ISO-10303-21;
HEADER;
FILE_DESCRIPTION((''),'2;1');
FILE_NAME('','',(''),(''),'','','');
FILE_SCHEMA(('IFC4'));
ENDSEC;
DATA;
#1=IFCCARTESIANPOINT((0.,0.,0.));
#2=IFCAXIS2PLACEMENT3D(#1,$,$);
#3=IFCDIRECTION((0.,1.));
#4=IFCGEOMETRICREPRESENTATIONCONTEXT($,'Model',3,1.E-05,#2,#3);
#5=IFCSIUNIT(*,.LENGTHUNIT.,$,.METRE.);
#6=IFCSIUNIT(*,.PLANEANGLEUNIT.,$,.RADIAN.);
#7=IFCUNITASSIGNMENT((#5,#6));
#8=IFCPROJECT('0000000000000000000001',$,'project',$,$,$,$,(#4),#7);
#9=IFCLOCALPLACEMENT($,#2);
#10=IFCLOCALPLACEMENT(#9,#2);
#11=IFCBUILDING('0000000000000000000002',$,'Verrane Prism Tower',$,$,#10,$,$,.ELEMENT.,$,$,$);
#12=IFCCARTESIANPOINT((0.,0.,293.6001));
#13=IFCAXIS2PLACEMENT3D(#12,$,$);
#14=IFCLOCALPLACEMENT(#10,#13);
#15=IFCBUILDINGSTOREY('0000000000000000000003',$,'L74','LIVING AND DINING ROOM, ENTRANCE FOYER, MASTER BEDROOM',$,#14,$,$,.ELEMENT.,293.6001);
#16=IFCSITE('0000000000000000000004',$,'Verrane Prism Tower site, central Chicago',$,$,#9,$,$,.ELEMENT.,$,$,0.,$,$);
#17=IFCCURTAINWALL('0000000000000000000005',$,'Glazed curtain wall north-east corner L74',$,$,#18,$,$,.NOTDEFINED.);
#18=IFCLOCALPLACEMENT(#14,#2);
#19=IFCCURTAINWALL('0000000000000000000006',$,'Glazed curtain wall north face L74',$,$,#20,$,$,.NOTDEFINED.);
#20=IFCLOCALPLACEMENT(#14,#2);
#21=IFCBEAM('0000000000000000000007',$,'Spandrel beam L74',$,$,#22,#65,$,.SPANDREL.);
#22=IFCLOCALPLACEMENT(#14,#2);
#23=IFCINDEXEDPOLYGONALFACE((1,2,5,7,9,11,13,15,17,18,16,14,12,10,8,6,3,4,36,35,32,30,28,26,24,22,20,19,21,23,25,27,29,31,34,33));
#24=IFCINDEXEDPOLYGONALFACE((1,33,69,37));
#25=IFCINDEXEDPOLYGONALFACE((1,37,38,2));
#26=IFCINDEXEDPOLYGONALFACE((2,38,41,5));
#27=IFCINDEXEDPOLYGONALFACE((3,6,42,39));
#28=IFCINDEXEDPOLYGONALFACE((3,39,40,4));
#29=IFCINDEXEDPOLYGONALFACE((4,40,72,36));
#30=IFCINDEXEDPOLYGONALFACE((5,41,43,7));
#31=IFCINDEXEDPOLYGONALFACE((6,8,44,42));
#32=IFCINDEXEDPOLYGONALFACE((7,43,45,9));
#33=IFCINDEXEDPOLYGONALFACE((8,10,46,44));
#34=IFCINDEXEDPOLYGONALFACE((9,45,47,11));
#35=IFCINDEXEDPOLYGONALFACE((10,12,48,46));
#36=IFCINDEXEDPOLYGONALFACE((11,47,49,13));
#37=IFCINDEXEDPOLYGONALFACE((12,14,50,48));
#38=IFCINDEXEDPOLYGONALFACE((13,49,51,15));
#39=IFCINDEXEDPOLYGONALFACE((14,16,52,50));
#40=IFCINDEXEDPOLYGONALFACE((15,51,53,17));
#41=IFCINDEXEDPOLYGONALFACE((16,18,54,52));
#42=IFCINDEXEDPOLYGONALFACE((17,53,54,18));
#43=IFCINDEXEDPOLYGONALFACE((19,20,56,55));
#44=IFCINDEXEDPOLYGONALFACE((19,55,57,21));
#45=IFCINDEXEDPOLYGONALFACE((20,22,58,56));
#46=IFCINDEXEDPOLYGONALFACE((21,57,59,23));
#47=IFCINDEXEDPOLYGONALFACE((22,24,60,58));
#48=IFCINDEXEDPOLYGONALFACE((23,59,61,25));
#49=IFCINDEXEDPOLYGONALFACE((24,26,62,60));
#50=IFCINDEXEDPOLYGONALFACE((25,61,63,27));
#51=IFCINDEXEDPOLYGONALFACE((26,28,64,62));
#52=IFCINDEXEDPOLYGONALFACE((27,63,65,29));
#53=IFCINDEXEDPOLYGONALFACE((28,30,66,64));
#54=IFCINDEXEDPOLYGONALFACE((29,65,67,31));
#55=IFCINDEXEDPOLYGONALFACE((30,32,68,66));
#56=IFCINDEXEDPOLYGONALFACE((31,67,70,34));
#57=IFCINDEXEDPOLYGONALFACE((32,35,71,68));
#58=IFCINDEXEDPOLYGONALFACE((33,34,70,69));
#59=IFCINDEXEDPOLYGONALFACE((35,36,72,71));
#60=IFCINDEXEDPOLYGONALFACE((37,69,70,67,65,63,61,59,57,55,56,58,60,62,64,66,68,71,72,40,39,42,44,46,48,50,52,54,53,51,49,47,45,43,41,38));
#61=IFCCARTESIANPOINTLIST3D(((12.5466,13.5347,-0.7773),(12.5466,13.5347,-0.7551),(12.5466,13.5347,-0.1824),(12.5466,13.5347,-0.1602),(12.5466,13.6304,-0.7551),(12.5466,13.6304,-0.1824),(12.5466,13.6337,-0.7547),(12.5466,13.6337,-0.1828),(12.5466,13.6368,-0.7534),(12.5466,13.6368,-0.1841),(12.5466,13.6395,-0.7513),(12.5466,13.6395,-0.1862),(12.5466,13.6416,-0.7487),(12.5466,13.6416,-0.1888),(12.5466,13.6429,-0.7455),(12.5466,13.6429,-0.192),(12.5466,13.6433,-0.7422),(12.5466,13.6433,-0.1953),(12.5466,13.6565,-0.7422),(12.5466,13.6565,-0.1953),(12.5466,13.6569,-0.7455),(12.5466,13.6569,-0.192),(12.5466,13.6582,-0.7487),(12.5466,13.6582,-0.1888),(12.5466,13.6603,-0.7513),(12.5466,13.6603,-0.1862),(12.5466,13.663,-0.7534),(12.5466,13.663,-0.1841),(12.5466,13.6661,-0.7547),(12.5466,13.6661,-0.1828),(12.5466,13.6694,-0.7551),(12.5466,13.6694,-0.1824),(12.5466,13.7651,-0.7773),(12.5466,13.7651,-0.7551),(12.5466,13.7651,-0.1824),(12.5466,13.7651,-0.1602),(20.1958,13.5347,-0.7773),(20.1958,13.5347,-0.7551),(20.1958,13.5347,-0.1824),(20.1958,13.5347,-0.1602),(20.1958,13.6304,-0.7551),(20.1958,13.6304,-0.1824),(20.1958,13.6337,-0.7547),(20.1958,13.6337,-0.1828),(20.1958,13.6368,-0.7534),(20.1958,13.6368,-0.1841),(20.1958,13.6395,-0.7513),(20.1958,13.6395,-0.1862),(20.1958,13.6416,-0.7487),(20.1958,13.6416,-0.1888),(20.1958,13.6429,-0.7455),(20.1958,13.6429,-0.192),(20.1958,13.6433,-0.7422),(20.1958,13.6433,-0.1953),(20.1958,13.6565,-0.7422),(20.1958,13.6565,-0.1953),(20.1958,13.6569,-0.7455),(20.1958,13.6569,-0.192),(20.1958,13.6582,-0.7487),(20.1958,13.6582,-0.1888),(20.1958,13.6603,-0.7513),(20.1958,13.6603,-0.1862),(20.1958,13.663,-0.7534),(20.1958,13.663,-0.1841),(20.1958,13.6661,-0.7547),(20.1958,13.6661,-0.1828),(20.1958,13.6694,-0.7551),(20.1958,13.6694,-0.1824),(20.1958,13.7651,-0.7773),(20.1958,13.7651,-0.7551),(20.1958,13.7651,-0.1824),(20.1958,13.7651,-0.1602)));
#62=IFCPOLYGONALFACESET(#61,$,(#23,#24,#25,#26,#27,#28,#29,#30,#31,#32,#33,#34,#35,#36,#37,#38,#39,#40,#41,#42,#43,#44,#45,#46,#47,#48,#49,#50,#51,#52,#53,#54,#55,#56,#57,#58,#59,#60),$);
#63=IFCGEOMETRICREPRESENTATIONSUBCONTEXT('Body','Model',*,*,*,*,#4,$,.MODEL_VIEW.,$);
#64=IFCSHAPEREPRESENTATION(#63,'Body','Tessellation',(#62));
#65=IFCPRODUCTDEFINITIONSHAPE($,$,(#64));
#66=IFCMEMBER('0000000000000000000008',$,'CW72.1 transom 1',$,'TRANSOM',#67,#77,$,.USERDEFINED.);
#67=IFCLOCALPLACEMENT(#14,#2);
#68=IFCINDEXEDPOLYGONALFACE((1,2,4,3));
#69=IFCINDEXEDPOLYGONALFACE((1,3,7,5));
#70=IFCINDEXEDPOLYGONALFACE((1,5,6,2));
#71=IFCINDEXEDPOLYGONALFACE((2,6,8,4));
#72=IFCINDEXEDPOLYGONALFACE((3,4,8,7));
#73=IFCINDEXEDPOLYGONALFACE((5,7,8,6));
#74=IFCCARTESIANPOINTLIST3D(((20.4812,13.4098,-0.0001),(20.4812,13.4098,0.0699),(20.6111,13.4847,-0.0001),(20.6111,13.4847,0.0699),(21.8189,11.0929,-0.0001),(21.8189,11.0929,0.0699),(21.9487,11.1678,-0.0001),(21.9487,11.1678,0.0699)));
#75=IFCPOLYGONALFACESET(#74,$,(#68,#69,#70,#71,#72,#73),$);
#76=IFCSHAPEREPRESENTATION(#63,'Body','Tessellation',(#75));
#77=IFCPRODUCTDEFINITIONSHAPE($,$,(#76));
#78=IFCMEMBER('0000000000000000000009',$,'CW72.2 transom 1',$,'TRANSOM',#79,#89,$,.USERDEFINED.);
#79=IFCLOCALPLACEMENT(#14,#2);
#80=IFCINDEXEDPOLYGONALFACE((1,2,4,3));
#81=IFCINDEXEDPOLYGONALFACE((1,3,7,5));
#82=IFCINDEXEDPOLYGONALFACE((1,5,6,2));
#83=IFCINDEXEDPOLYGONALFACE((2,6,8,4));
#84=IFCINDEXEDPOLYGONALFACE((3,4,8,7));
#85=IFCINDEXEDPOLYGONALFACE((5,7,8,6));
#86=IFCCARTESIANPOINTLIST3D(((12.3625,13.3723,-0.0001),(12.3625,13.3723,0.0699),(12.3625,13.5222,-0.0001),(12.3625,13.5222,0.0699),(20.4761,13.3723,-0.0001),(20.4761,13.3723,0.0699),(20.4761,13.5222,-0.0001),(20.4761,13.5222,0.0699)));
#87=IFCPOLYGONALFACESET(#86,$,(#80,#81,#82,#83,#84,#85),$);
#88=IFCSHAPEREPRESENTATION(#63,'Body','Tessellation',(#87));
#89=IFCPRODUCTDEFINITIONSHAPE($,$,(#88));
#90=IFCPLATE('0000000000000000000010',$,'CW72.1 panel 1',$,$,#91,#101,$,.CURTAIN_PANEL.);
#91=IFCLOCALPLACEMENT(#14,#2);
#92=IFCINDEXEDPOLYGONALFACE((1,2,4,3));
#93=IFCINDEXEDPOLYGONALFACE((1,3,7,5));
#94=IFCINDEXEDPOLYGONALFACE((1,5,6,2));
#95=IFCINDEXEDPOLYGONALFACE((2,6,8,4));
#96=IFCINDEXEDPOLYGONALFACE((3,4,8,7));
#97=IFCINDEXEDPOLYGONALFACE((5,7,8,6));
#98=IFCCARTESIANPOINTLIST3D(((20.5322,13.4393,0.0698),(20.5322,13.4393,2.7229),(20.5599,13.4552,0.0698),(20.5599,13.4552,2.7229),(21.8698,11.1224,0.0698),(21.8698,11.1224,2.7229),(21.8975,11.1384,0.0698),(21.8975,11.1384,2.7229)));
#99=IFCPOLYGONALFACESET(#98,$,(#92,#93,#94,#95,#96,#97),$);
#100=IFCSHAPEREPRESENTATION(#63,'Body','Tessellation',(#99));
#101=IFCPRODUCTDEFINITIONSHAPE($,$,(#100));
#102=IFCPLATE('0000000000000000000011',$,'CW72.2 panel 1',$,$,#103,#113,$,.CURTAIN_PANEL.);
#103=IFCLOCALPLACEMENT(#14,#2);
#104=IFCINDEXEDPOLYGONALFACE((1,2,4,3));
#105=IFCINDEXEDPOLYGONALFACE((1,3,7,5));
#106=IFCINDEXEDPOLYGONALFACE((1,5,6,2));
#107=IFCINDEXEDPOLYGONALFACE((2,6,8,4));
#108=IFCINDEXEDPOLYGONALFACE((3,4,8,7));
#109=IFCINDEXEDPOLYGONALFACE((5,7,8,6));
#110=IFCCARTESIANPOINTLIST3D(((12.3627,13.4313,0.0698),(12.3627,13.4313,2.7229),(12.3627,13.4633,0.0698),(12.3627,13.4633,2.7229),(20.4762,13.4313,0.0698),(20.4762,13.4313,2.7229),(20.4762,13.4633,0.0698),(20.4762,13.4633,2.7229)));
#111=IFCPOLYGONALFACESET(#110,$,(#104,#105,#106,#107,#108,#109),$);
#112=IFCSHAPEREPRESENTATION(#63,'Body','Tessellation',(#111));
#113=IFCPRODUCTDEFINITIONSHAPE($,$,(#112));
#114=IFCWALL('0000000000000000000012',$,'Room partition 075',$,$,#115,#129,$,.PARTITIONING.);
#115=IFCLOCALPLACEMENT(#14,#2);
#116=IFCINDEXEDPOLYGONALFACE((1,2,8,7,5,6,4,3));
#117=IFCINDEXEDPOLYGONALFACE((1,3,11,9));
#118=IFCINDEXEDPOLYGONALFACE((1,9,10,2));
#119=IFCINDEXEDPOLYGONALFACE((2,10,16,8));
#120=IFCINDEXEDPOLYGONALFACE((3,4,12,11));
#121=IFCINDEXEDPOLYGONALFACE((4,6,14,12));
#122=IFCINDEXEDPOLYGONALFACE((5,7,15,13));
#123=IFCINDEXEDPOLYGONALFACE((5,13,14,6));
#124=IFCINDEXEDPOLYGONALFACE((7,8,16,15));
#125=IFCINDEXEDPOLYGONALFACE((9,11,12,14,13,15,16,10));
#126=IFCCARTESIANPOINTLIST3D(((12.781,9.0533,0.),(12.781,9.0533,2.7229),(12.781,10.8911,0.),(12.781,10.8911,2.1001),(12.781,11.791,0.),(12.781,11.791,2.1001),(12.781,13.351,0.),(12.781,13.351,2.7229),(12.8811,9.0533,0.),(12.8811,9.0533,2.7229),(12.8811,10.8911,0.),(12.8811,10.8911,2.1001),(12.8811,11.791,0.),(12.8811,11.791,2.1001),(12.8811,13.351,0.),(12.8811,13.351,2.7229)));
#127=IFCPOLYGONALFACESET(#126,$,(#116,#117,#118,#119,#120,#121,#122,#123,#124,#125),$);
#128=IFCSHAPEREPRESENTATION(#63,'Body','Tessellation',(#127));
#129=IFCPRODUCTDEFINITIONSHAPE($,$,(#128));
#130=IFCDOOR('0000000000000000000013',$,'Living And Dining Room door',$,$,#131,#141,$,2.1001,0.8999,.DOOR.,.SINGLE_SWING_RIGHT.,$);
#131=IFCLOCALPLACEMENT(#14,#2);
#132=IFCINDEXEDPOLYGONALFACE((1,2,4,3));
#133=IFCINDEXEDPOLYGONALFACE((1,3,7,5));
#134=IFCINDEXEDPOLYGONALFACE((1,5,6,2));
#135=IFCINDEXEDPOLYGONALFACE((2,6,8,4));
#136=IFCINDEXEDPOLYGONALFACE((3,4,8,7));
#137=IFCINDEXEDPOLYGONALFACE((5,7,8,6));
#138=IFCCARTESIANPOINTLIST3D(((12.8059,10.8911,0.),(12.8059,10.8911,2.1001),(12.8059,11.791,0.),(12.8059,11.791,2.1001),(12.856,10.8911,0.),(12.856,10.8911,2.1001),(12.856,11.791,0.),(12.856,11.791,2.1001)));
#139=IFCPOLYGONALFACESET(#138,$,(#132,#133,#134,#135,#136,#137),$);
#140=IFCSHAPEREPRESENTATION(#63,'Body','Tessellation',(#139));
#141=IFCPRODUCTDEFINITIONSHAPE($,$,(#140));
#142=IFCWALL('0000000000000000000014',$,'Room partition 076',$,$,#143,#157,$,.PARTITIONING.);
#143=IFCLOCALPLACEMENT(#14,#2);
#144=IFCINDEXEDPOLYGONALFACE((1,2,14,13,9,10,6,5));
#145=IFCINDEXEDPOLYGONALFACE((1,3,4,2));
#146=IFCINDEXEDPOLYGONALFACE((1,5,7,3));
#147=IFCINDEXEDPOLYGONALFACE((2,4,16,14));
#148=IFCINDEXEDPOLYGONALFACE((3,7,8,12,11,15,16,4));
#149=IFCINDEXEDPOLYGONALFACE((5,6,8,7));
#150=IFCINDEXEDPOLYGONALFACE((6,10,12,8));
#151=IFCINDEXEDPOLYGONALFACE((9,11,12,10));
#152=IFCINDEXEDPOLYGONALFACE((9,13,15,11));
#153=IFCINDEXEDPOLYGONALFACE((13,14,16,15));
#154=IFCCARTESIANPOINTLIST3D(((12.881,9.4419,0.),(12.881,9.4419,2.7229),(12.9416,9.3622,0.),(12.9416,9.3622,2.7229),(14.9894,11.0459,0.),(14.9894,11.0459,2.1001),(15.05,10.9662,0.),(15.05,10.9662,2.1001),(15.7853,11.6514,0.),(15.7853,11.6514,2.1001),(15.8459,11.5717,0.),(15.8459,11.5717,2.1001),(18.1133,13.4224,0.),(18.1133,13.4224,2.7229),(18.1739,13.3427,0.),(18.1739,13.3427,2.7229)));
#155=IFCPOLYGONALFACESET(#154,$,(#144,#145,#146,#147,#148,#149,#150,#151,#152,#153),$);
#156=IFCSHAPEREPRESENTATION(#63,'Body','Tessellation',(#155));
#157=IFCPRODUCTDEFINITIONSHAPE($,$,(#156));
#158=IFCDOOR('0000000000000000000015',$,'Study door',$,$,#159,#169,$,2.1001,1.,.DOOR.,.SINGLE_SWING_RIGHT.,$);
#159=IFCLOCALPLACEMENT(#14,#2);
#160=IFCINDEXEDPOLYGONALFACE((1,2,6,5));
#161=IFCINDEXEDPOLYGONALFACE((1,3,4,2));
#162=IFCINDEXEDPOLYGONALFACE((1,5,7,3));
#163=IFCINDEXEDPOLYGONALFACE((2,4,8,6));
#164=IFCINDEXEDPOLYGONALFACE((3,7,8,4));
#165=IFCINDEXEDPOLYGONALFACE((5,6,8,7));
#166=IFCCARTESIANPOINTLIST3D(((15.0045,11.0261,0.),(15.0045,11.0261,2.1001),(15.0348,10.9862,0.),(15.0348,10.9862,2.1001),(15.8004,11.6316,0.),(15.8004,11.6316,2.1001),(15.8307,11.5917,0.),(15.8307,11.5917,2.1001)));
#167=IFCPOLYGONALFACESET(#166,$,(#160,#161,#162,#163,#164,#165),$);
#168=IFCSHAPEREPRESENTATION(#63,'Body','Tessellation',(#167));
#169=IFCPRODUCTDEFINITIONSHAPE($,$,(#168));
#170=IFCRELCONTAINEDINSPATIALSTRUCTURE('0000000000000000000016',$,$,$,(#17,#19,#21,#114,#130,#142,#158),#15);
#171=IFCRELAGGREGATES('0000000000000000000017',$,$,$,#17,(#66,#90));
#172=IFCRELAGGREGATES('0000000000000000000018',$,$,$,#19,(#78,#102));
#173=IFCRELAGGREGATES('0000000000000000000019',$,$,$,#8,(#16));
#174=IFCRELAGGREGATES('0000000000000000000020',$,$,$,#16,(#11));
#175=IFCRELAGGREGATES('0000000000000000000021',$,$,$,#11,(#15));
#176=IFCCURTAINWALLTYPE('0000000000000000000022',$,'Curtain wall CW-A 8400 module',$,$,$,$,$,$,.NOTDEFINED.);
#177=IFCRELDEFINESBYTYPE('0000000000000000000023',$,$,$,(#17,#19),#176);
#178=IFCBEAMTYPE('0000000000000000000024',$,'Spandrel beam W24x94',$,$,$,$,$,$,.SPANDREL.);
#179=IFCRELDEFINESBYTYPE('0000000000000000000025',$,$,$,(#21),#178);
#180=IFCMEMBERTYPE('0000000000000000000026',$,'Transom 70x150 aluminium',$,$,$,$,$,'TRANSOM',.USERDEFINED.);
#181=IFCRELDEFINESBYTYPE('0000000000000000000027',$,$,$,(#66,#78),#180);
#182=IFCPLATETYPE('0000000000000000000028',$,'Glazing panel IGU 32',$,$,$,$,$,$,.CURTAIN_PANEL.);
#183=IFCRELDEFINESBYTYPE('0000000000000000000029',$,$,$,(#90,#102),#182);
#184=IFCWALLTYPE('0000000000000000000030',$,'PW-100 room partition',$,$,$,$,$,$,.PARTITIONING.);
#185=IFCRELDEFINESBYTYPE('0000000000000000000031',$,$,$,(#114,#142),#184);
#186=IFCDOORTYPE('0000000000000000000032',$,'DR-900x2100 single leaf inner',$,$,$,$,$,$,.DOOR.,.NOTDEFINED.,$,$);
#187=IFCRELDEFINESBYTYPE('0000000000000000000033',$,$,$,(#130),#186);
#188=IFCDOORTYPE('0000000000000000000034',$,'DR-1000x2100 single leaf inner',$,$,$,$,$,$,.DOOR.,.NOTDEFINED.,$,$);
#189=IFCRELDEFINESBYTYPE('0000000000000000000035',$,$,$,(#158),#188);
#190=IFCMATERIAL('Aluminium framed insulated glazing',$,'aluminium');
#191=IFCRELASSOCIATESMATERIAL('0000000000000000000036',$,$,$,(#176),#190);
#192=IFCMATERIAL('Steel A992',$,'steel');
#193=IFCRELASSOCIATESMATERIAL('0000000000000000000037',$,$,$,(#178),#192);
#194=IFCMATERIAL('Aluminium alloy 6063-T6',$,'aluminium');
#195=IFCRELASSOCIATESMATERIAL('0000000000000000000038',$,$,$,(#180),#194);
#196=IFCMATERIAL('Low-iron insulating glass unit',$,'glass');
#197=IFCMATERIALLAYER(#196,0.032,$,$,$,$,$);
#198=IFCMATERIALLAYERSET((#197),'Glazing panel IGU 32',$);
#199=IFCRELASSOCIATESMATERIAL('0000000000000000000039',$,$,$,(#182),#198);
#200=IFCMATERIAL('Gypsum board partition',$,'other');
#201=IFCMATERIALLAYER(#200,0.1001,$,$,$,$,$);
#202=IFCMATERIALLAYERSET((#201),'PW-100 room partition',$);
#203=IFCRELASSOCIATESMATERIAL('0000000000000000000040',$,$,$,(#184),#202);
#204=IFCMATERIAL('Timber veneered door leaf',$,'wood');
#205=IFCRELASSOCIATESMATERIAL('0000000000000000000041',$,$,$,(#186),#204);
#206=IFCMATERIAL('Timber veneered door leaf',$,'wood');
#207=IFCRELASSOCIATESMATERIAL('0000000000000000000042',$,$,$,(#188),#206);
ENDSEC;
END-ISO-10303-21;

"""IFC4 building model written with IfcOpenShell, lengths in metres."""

from ifc_helpers import new_model, si_unit, direction, frame, frame_2d, origin, origin_2d, place, context, subcontext, project, spatial, rectangle, i_section, extrude, material, layer, layer_set, material_profile, profile_set, type_object, element, fill, aggregate, save


model = new_model("IFC4")

# Units and contexts
model_context = context("Model", 3, precision=1e-05, world=origin(), true_north=direction((0.0, 1.0)))
body_context = subcontext(model_context, "Body", "Model", "MODEL_VIEW")
ifc_project = project(units=[si_unit("LENGTHUNIT", "METRE"), si_unit("PLANEANGLEUNIT", "RADIAN")], contexts=[model_context])

# Site, building, storey
site_placement = place(None, origin())
site = spatial("IfcSite", under=ifc_project, at=site_placement, Name="Verrane Prism Tower site, central Chicago", CompositionType="ELEMENT", RefElevation=0.0)
building_placement = place(site_placement, origin())
building = spatial("IfcBuilding", under=site, at=building_placement, Name="Verrane Prism Tower", CompositionType="ELEMENT")
storey_placement = place(building_placement, frame((0.0, 0.0, 293.6001)))
storey = spatial("IfcBuildingStorey", under=building, at=storey_placement, Name="L74", Description="LIVING AND DINING ROOM, ENTRANCE FOYER, MASTER BEDROOM", CompositionType="ELEMENT", Elevation=293.6001)

# Curtain walls
ifc_material_1 = material(Name="Aluminium framed insulated glazing", Category="aluminium")
curtain_wall_type = type_object("IfcCurtainWallType", Name="Curtain wall CW-A 8400 module", PredefinedType="NOTDEFINED", material=ifc_material_1)
curtain_wall_1_placement = place(storey_placement, origin())
curtain_wall_1 = element("IfcCurtainWall", 1, at=curtain_wall_1_placement, inside=storey, type_object=curtain_wall_type, Name="Glazed curtain wall north-east corner L74", PredefinedType="NOTDEFINED")
curtain_wall_2_placement = place(storey_placement, origin())
curtain_wall_2 = element("IfcCurtainWall", 2, at=curtain_wall_2_placement, inside=storey, type_object=curtain_wall_type, Name="Glazed curtain wall north face L74", PredefinedType="NOTDEFINED")

# Beam
ifc_material_2 = material(Name="Steel A992", Category="steel")
ifc_material_profile_1 = material_profile(ifc_material_2, i_section(OverallWidth=0.2305, OverallDepth=0.6172, WebThickness=0.0132, FlangeThickness=0.0222, FilletRadius=0.0129, at=origin_2d()), Name="W24x94")
ifc_profile_set_1 = profile_set([ifc_material_profile_1], Name="Steel A992")
beam_type_1 = type_object("IfcBeamType", Name="Spandrel beam W24x94", PredefinedType="SPANDREL", material=ifc_profile_set_1)
beam_1_placement = place(storey_placement, frame((20.1958, 13.6499, -0.4688), z_axis=(-1.0, 0.0, 0.0), x_axis=(0.0, -1.0, 0.0)))
element("IfcBeam", 3, at=beam_1_placement, inside=storey, type_object=beam_type_1, Name="Spandrel beam L74", PredefinedType="SPANDREL", context=body_context, shape_type="SweptSolid", body=[
    extrude(i_section(OverallWidth=0.2305, OverallDepth=0.6172, WebThickness=0.0132, FlangeThickness=0.0222, FilletRadius=0.0129, at=origin_2d()), origin(), (0.0, 0.0, 1.0), 7.6492),
])

# Members
ifc_material_3 = material(Name="Aluminium alloy 6063-T6", Category="aluminium")
ifc_material_profile_2 = material_profile(ifc_material_3, rectangle(XDim=0.1499, YDim=0.0701, at=origin_2d()), Name="Transom 70x150 aluminium")
ifc_profile_set_2 = profile_set([ifc_material_profile_2], Name="Aluminium alloy 6063-T6")
member_type_1 = type_object("IfcMemberType", Name="Transom 70x150 aluminium", ElementType="TRANSOM", PredefinedType="USERDEFINED", material=ifc_profile_set_2)
member_1_placement = place(storey_placement, frame((21.8838, 11.1304, 0.0349), z_axis=(-0.499996, 0.866028, 0.0), x_axis=(-0.866028, -0.499996, 0.0)))
member_1 = element("IfcMember", 4, at=member_1_placement, type_object=member_type_1, Name="CW72.1 transom 1", ObjectType="TRANSOM", PredefinedType="USERDEFINED", context=body_context, shape_type="SweptSolid", body=[
    extrude(rectangle(XDim=0.1499, YDim=0.0701, at=origin_2d()), origin(), (0.0, 0.0, 1.0), 2.6753),
])
member_2_placement = place(storey_placement, frame((20.4761, 13.4473, 0.0349), z_axis=(-1.0, 0.0, 0.0), x_axis=(0.0, -1.0, 0.0)))
member_2 = element("IfcMember", 5, at=member_2_placement, type_object=member_type_1, Name="CW72.2 transom 1", ObjectType="TRANSOM", PredefinedType="USERDEFINED", context=body_context, shape_type="SweptSolid", body=[
    extrude(rectangle(XDim=0.1499, YDim=0.0701, at=origin_2d()), origin(), (0.0, 0.0, 1.0), 8.1135),
])

# Plates
ifc_material_4 = material(Name="Low-iron insulating glass unit", Category="glass")
ifc_layer_1 = layer(ifc_material_4, 0.032)
ifc_layer_set_1 = layer_set([ifc_layer_1], Name="Glazing panel IGU 32")
plate_type = type_object("IfcPlateType", Name="Glazing panel IGU 32", PredefinedType="CURTAIN_PANEL", material=ifc_layer_set_1)
plate_1_placement = place(storey_placement, frame((21.2148, 12.2888, 0.0698), z_axis=(0.0, 0.0, 1.0), x_axis=(-0.500002, 0.866024, 0.0)))
plate_1 = element("IfcPlate", 6, at=plate_1_placement, type_object=plate_type, Name="CW72.1 panel 1", PredefinedType="CURTAIN_PANEL", context=body_context, shape_type="SweptSolid", body=[
    extrude(rectangle(XDim=2.6753, YDim=0.032, at=origin_2d()), origin(), (0.0, 0.0, 1.0), 2.6531),
])
aggregate(curtain_wall_1, [member_1, plate_1])
plate_2_placement = place(storey_placement, frame((16.4194, 13.4473, 0.0698), z_axis=(0.0, 0.0, 1.0), x_axis=(-1.0, 0.0, 0.0)))
plate_2 = element("IfcPlate", 7, at=plate_2_placement, type_object=plate_type, Name="CW72.2 panel 1", PredefinedType="CURTAIN_PANEL", context=body_context, shape_type="SweptSolid", body=[
    extrude(rectangle(XDim=8.1135, YDim=0.032, at=origin_2d()), origin(), (0.0, 0.0, 1.0), 2.6531),
])
aggregate(curtain_wall_2, [member_2, plate_2])

# Walls, openings, doors
ifc_material_5 = material(Name="Gypsum board partition", Category="other")
ifc_layer_2 = layer(ifc_material_5, 0.1001)
ifc_layer_set_2 = layer_set([ifc_layer_2], Name="PW-100 room partition")
wall_type_1 = type_object("IfcWallType", Name="PW-100 room partition", PredefinedType="PARTITIONING", material=ifc_layer_set_2)
wall_1_placement = place(storey_placement, frame((12.8311, 13.3511, 0.0), z_axis=(0.0, 0.0, 1.0), x_axis=(0.0, -1.0, 0.0)))
wall_1 = element("IfcWall", 8, at=wall_1_placement, inside=storey, type_object=wall_type_1, Name="Room partition 075", PredefinedType="PARTITIONING", context=body_context, shape_type="SweptSolid", body=[
    extrude(rectangle(XDim=4.2976, YDim=0.1001, at=frame_2d((2.1489, 0.0))), origin(), (0.0, 0.0, 1.0), 2.7229),
])
opening_1_placement = place(wall_1_placement, frame((1.5601, 0.0, 0.0)))
opening_1 = element("IfcOpeningElement", 9, at=opening_1_placement, cuts=wall_1, PredefinedType="OPENING", context=body_context, shape_type="SweptSolid", body=[
    extrude(rectangle(XDim=0.8999, YDim=2.1001, at=frame_2d((0.45, 1.05))), frame((0.0, 0.0601, 0.0), z_axis=(0.0, -1.0, 0.0), x_axis=(1.0, 0.0, 0.0)), (0.0, 0.0, 1.0), 0.1201),
])
ifc_material_6 = material(Name="Timber veneered door leaf", Category="wood")
door_type_1 = type_object("IfcDoorType", Name="DR-900x2100 single leaf inner", OperationType="NOTDEFINED", PredefinedType="DOOR", material=ifc_material_6)
door_1_placement = place(opening_1_placement, origin())
door_1 = element("IfcDoor", 10, at=door_1_placement, inside=storey, type_object=door_type_1, Name="Living And Dining Room door", OperationType="SINGLE_SWING_RIGHT", OverallHeight=2.1001, OverallWidth=0.8999, PredefinedType="DOOR", context=body_context, shape_type="SweptSolid", body=[
    extrude(rectangle(XDim=0.8999, YDim=2.1001, at=frame_2d((0.45, 1.05))), frame((0.0, 0.0249, 0.0), z_axis=(0.0, -1.0, 0.0), x_axis=(1.0, 0.0, 0.0)), (0.0, 0.0, 1.0), 0.05),
])
fill(opening_1, door_1)
wall_2_placement = place(storey_placement, frame((18.1436, 13.3826, 0.0), z_axis=(0.0, 0.0, 1.0), x_axis=(-0.795868, -0.60547, 0.0)))
wall_2 = element("IfcWall", 11, at=wall_2_placement, inside=storey, type_object=wall_type_1, Name="Room partition 076", PredefinedType="PARTITIONING", context=body_context, shape_type="SweptSolid", body=[
    extrude(rectangle(XDim=6.5742, YDim=0.1001, at=frame_2d((3.2871, 0.0))), origin(), (0.0, 0.0, 1.0), 2.7229),
])
opening_2_placement = place(wall_2_placement, frame((2.925, 0.0, 0.0)))
opening_2 = element("IfcOpeningElement", 12, at=opening_2_placement, cuts=wall_2, PredefinedType="OPENING", context=body_context, shape_type="SweptSolid", body=[
    extrude(rectangle(XDim=1.0, YDim=2.1001, at=frame_2d((0.5, 1.05))), frame((0.0, 0.0601, 0.0), z_axis=(0.0, -1.0, 0.0), x_axis=(1.0, 0.0, 0.0)), (0.0, 0.0, 1.0), 0.1201),
])
ifc_material_7 = material(Name="Timber veneered door leaf", Category="wood")
door_type_2 = type_object("IfcDoorType", Name="DR-1000x2100 single leaf inner", OperationType="NOTDEFINED", PredefinedType="DOOR", material=ifc_material_7)
door_2_placement = place(opening_2_placement, origin())
door_2 = element("IfcDoor", 13, at=door_2_placement, inside=storey, type_object=door_type_2, Name="Study door", OperationType="SINGLE_SWING_RIGHT", OverallHeight=2.1001, OverallWidth=1.0, PredefinedType="DOOR", context=body_context, shape_type="SweptSolid", body=[
    extrude(rectangle(XDim=1.0, YDim=2.1001, at=frame_2d((0.5, 1.05))), frame((0.0, 0.0249, 0.0), z_axis=(0.0, -1.0, 0.0), x_axis=(1.0, 0.0, 0.0)), (0.0, 0.0, 1.0), 0.05),
])
fill(opening_2, door_2)

save(model, "model.ifc")
